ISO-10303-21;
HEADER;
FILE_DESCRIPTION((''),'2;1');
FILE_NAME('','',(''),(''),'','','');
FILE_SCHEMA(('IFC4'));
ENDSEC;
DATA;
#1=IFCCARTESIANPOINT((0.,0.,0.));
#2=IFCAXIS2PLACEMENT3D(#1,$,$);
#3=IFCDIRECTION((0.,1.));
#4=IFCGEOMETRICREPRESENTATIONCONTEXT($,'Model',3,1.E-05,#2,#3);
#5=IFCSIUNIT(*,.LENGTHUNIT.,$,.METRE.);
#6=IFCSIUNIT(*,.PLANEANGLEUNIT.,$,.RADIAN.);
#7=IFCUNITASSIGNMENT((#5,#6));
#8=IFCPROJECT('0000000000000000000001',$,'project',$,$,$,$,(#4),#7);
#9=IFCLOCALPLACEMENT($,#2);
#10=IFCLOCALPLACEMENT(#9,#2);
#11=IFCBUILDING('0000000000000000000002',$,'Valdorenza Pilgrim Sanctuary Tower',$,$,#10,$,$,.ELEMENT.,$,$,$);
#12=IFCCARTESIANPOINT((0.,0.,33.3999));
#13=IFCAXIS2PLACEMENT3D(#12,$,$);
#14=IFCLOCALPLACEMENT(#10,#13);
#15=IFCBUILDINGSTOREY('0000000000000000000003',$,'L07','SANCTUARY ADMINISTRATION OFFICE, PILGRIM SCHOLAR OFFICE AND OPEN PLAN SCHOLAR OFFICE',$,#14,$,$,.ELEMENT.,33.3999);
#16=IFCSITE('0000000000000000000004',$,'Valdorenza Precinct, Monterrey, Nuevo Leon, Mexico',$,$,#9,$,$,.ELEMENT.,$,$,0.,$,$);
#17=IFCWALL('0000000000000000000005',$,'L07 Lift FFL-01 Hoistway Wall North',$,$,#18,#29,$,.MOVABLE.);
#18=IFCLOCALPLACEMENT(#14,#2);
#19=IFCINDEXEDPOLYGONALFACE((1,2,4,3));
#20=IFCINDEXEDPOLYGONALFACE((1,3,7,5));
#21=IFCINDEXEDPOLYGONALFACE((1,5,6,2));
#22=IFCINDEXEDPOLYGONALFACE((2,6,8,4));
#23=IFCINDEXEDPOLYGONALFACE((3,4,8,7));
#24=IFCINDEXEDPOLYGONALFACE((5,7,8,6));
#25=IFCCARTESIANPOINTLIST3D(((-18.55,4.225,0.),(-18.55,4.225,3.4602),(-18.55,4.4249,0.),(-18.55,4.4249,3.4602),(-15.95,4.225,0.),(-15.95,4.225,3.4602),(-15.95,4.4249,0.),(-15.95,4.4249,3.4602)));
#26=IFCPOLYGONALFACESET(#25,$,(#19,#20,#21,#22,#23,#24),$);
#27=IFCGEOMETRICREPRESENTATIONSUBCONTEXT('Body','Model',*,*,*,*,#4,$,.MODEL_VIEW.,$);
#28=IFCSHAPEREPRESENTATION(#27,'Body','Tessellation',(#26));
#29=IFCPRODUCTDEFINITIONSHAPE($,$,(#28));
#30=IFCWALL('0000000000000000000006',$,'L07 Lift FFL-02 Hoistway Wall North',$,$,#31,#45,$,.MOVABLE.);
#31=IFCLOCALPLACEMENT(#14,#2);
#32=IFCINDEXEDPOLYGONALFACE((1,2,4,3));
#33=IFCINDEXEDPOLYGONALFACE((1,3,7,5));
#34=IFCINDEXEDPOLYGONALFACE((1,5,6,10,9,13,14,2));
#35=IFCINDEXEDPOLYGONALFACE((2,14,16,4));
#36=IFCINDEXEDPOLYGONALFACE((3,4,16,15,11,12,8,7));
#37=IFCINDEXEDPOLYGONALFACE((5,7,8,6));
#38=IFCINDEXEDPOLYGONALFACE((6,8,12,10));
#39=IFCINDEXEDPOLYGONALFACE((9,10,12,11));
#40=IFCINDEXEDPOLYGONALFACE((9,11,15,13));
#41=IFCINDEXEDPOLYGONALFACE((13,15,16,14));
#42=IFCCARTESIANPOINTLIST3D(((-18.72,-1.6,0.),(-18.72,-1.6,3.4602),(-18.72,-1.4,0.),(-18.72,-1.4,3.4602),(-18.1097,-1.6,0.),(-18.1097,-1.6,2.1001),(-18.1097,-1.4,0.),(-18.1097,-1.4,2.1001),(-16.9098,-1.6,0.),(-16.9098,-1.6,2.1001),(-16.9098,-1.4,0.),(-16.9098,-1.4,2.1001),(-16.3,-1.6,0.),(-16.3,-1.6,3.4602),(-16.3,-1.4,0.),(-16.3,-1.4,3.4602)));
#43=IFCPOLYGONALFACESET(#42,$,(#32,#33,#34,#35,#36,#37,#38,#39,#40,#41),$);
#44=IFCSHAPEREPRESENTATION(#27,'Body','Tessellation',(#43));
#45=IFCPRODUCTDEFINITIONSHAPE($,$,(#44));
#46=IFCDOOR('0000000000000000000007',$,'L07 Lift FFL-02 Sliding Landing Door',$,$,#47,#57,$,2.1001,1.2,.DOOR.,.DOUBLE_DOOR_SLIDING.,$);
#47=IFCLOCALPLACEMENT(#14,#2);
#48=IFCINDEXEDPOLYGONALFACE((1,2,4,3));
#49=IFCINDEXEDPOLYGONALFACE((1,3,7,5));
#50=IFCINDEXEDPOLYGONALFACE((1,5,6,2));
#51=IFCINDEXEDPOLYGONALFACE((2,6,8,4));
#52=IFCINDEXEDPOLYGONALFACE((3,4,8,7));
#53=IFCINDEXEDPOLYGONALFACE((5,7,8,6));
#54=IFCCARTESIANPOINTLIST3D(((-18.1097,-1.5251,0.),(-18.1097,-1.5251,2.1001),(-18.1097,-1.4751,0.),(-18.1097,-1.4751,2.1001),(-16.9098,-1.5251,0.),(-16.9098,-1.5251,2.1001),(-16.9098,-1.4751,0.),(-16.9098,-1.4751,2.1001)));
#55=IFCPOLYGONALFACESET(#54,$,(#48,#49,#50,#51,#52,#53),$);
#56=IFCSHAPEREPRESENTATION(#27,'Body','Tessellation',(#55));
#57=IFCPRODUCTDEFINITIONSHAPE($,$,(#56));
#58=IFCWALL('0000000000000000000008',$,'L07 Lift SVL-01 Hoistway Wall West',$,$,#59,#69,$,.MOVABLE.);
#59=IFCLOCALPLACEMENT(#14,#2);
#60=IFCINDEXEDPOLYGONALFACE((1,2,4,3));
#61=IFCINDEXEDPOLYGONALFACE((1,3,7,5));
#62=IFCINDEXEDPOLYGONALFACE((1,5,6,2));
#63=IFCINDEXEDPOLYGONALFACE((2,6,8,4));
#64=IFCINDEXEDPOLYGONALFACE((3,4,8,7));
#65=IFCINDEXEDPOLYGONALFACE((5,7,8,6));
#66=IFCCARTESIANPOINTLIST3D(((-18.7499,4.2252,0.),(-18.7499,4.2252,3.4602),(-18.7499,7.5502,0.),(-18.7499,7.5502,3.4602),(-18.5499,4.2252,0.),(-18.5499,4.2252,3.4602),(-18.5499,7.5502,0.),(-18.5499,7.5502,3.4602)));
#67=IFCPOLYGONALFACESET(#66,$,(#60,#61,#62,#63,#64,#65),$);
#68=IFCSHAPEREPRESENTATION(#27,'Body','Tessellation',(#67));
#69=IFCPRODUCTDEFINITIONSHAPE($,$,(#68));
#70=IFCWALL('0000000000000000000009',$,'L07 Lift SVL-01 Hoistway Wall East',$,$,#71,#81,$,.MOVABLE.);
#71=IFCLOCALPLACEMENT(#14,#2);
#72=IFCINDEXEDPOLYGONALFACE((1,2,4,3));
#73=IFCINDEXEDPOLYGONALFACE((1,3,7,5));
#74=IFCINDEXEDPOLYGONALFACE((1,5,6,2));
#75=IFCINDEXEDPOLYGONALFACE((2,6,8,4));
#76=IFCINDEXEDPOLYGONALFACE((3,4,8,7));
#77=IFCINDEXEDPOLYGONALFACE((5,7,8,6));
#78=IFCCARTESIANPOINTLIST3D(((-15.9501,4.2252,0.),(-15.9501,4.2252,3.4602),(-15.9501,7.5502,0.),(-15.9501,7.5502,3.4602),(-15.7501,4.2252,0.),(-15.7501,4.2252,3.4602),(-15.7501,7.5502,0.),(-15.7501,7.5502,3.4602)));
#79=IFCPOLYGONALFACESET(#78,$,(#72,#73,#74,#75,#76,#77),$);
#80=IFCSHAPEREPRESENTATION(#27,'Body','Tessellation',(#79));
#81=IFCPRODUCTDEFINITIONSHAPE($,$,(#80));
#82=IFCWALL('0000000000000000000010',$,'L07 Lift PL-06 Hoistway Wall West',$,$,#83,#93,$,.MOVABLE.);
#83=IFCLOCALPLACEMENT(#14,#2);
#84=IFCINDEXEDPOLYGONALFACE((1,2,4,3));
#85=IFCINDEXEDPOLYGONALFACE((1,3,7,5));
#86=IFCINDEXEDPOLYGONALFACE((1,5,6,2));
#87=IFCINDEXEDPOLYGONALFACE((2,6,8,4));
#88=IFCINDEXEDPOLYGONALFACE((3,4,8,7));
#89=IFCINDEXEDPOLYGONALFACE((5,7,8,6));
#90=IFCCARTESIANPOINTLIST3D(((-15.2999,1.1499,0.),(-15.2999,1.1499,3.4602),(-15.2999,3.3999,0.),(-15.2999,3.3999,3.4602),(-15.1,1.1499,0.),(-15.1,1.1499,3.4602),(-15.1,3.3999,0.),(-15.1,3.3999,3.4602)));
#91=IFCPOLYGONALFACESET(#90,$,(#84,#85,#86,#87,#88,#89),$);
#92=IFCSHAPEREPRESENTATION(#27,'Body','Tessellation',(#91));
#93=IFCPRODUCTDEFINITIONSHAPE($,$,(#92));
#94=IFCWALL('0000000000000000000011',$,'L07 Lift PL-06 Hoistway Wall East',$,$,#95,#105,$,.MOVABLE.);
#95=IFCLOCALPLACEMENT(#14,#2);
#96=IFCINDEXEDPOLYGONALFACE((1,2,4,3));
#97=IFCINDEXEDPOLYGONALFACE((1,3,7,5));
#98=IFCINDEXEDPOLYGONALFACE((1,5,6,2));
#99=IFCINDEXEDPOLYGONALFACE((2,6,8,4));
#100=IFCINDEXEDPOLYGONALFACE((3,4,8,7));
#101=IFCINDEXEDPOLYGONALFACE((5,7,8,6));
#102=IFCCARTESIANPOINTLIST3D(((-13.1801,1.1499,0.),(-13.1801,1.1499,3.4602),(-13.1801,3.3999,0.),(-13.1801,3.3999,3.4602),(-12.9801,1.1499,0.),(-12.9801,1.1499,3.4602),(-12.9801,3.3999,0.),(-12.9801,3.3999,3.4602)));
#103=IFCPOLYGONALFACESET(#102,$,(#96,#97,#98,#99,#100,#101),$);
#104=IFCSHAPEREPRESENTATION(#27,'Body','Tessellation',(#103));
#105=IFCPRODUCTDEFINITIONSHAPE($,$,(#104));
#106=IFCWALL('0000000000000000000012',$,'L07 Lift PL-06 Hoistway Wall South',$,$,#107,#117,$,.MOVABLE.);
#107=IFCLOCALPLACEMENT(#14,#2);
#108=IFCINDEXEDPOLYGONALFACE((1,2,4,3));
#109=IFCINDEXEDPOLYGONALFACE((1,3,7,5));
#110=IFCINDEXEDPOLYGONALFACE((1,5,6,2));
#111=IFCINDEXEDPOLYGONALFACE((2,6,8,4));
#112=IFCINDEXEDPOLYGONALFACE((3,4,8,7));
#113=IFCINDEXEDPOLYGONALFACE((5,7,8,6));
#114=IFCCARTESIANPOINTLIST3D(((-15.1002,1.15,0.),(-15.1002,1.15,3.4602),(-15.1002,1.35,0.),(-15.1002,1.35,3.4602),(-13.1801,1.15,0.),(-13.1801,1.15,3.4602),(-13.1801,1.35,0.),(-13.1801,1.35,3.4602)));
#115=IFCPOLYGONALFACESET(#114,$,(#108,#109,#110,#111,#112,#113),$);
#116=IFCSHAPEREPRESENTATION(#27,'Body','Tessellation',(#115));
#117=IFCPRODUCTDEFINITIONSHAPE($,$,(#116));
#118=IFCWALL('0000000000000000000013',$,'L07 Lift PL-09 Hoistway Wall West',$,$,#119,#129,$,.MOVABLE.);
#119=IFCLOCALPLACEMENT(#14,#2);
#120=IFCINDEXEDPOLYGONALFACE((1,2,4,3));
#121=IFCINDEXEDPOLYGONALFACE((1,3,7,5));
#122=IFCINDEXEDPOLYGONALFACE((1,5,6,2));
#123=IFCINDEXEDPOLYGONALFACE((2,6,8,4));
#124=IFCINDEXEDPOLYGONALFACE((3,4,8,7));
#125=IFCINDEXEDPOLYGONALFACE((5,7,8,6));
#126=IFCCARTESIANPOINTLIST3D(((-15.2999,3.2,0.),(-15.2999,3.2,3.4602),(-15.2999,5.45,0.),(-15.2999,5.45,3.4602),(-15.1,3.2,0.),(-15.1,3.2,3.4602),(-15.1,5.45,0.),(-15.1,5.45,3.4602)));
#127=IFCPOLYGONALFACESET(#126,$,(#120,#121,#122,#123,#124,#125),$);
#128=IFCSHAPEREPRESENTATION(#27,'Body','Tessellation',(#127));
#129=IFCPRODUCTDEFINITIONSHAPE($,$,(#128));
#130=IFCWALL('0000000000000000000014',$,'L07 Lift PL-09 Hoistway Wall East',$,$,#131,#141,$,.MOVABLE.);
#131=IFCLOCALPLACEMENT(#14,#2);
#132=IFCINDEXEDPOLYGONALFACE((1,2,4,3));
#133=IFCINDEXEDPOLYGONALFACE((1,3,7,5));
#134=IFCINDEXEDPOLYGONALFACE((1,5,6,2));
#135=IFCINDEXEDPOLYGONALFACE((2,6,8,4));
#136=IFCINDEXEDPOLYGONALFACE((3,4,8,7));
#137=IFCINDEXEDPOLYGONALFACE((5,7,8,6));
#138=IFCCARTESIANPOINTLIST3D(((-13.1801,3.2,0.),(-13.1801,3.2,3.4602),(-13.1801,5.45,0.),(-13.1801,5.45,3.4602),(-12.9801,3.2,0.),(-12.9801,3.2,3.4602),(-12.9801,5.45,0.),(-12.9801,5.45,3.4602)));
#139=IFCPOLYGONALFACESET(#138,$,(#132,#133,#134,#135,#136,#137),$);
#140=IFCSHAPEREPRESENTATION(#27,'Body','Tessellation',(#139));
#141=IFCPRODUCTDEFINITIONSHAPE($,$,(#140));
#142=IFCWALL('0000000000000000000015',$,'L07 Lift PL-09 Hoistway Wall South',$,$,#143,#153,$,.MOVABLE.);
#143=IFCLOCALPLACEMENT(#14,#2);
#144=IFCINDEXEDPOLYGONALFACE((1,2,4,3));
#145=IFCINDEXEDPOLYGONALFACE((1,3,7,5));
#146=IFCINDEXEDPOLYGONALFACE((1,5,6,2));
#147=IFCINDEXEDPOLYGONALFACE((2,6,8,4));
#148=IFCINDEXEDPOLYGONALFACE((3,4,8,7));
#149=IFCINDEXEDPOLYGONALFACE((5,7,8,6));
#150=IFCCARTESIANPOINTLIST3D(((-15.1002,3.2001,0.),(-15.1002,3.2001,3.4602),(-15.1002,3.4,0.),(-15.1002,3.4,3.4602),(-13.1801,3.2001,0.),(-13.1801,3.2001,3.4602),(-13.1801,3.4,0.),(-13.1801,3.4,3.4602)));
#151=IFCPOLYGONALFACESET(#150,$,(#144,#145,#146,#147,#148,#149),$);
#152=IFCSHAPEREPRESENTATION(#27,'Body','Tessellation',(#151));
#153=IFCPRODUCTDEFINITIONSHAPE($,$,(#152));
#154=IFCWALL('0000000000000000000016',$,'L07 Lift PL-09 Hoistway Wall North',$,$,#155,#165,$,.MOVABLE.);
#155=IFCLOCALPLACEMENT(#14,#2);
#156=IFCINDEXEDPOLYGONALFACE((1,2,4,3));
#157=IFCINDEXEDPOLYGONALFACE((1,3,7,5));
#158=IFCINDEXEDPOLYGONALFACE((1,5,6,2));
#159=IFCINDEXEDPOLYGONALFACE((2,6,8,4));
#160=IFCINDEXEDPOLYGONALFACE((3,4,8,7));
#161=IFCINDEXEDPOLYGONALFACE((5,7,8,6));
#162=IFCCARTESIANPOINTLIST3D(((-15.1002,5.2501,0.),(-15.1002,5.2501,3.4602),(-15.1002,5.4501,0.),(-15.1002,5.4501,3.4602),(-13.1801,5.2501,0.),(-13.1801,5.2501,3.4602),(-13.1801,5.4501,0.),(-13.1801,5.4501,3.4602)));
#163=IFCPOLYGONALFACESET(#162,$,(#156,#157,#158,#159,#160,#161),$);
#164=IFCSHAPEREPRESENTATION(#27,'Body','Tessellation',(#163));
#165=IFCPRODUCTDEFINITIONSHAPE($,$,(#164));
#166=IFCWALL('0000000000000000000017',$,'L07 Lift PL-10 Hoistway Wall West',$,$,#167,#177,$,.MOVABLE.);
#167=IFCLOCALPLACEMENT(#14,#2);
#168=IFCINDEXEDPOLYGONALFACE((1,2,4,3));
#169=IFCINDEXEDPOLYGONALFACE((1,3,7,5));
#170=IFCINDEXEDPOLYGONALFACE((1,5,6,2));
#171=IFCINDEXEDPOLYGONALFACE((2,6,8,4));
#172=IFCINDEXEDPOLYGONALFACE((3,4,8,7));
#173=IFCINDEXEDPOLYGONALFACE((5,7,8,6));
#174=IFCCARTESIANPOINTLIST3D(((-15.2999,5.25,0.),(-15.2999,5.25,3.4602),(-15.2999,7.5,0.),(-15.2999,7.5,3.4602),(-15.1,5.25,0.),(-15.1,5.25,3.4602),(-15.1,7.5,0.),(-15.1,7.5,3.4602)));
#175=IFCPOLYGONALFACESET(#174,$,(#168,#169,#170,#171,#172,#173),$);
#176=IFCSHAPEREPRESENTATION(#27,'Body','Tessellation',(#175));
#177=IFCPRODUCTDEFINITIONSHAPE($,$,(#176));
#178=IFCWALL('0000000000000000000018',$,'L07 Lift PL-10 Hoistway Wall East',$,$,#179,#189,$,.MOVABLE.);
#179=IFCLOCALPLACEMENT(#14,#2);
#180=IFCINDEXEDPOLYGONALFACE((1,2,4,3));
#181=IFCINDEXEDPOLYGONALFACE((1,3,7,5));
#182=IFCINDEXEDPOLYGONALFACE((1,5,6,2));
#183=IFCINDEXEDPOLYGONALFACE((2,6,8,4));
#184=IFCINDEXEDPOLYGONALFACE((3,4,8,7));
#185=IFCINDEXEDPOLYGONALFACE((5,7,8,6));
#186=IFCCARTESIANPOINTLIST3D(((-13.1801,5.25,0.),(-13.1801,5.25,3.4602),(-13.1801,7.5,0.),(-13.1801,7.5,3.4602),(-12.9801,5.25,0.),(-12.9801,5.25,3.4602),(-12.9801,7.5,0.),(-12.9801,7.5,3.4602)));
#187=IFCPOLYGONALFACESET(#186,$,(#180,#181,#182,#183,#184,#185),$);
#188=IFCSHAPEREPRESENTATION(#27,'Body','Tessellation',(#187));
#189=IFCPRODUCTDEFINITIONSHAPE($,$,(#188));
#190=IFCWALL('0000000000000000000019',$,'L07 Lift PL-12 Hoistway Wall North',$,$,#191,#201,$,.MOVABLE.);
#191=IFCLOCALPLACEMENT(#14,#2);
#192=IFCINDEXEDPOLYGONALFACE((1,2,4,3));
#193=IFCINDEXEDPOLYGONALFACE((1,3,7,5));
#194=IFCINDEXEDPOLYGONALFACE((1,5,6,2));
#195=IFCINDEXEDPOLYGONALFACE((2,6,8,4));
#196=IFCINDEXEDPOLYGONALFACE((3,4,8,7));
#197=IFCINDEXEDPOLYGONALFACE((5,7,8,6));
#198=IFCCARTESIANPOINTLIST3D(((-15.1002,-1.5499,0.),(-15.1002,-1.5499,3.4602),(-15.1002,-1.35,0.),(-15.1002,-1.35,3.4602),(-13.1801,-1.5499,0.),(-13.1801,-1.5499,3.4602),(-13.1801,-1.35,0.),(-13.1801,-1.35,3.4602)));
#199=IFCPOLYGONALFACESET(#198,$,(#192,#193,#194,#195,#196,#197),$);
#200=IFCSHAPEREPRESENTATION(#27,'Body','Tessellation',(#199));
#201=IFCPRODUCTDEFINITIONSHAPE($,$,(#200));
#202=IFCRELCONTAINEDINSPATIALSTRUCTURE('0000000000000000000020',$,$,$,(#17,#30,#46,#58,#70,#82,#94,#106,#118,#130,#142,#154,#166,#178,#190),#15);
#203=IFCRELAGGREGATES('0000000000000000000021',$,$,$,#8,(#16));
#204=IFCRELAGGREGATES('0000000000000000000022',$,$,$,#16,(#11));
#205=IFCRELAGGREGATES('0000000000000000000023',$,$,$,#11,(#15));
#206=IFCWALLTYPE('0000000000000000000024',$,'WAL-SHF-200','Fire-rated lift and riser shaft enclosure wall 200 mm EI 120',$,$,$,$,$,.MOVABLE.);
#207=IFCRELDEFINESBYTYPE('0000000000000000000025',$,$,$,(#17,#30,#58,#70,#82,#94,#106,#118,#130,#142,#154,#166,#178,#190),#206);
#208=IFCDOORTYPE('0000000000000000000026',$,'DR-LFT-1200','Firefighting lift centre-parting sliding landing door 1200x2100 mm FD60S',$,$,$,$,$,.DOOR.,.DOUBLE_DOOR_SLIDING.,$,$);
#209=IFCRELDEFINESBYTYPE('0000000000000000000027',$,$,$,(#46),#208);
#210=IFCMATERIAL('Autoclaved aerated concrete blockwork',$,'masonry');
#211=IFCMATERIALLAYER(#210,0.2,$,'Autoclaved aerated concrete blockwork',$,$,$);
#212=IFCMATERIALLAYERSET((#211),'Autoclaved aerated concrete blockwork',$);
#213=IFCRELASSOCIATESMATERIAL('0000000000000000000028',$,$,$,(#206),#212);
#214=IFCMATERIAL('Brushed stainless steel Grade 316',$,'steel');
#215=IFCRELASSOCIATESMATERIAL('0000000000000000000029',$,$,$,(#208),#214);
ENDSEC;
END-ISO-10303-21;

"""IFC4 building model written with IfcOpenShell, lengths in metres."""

from ifc_helpers import new_model, si_unit, direction, frame, frame_2d, origin, place, context, subcontext, project, spatial, rectangle, extrude, material, layer, layer_set, type_object, element, fill, save


model = new_model("IFC4")

# Units and contexts
model_context = context("Model", 3, precision=1e-05, world=origin(), true_north=direction((0.0, 1.0)))
body_context = subcontext(model_context, "Body", "Model", "MODEL_VIEW")
ifc_project = project(units=[si_unit("LENGTHUNIT", "METRE"), si_unit("PLANEANGLEUNIT", "RADIAN")], contexts=[model_context])

# Site, building, storey
site_placement = place(None, origin())
site = spatial("IfcSite", under=ifc_project, at=site_placement, Name="Valdorenza Precinct, Monterrey, Nuevo Leon, Mexico", CompositionType="ELEMENT", RefElevation=0.0)
building_placement = place(site_placement, origin())
building = spatial("IfcBuilding", under=site, at=building_placement, Name="Valdorenza Pilgrim Sanctuary Tower", CompositionType="ELEMENT")
storey_placement = place(building_placement, frame((0.0, 0.0, 33.3999)))
storey = spatial("IfcBuildingStorey", under=building, at=storey_placement, Name="L07", Description="SANCTUARY ADMINISTRATION OFFICE, PILGRIM SCHOLAR OFFICE AND OPEN PLAN SCHOLAR OFFICE", CompositionType="ELEMENT", Elevation=33.3999)

# Shared definitions
ifc_material_1 = material(Name="Autoclaved aerated concrete blockwork", Category="masonry")
ifc_layer_1 = layer(ifc_material_1, 0.2, Name="Autoclaved aerated concrete blockwork")
ifc_layer_set_1 = layer_set([ifc_layer_1], Name="Autoclaved aerated concrete blockwork")
wall_type_1 = type_object("IfcWallType", Name="WAL-SHF-200", Description="Fire-rated lift and riser shaft enclosure wall 200 mm EI 120", PredefinedType="MOVABLE", material=ifc_layer_set_1)

# Shared definitions
ifc_material_2 = material(Name="Brushed stainless steel Grade 316", Category="steel")
door_type_1 = type_object("IfcDoorType", Name="DR-LFT-1200", Description="Firefighting lift centre-parting sliding landing door 1200x2100 mm FD60S", OperationType="DOUBLE_DOOR_SLIDING", PredefinedType="DOOR", material=ifc_material_2)

# Wall
wall_1_placement = place(storey_placement, frame((-18.55, 4.325, 0.0), z_axis=(0.0, 0.0, 1.0), x_axis=(1.0, 0.0, 0.0)))
element("IfcWall", 1, at=wall_1_placement, inside=storey, type_object=wall_type_1, Name="L07 Lift FFL-01 Hoistway Wall North", PredefinedType="MOVABLE", context=body_context, shape_type="SweptSolid", body=[
    extrude(rectangle(XDim=2.6001, YDim=0.2, at=frame_2d((1.3, 0.0))), origin(), (0.0, 0.0, 1.0), 3.4602),
])

# Wall, opening, door
wall_2_placement = place(storey_placement, frame((-18.72, -1.5, 0.0), z_axis=(0.0, 0.0, 1.0), x_axis=(1.0, 0.0, 0.0)))
wall_2 = element("IfcWall", 2, at=wall_2_placement, inside=storey, type_object=wall_type_1, Name="L07 Lift FFL-02 Hoistway Wall North", PredefinedType="MOVABLE", context=body_context, shape_type="SweptSolid", body=[
    extrude(rectangle(XDim=2.4199, YDim=0.2, at=frame_2d((1.21, 0.0))), origin(), (0.0, 0.0, 1.0), 3.4602),
])
opening_1_placement = place(wall_2_placement, frame((0.6101, 0.0, 0.0)))
opening_1 = element("IfcOpeningElement", 3, at=opening_1_placement, cuts=wall_2, PredefinedType="OPENING", context=body_context, shape_type="SweptSolid", body=[
    extrude(rectangle(XDim=1.2, YDim=2.1001, at=frame_2d((0.6001, 1.05))), frame((0.0, 0.1147, 0.0), z_axis=(0.0, -1.0, 0.0), x_axis=(1.0, 0.0, 0.0)), (0.0, 0.0, 1.0), 0.2297),
])
door_1_placement = place(opening_1_placement, origin())
door_1 = element("IfcDoor", 4, at=door_1_placement, inside=storey, type_object=door_type_1, Name="L07 Lift FFL-02 Sliding Landing Door", OperationType="DOUBLE_DOOR_SLIDING", OverallHeight=2.1001, OverallWidth=1.2, PredefinedType="DOOR", context=body_context, shape_type="SweptSolid", body=[
    extrude(rectangle(XDim=1.2, YDim=2.1001, at=frame_2d((0.6001, 1.05))), frame((0.0, 0.0249, 0.0), z_axis=(0.0, -1.0, 0.0), x_axis=(1.0, 0.0, 0.0)), (0.0, 0.0, 1.0), 0.05),
])
fill(opening_1, door_1)

# Walls
for number, where, z_axis, x_axis, name in (
    (5, (-18.6499, 4.2251, 0.0), (0.0, 0.0, 1.0), (0.0, 1.0, 0.0), "L07 Lift SVL-01 Hoistway Wall West"),
    (6, (-15.8501, 4.2251, 0.0), (0.0, 0.0, 1.0), (0.0, 1.0, 0.0), "L07 Lift SVL-01 Hoistway Wall East"),
):
    element("IfcWall", number, at=place(storey_placement, frame(where, z_axis=z_axis, x_axis=x_axis)), inside=storey, type_object=wall_type_1, Name=name, PredefinedType="MOVABLE", context=body_context, shape_type="SweptSolid", body=[
        extrude(rectangle(XDim=3.325, YDim=0.2, at=frame_2d((1.6626, 0.0))), origin(), (0.0, 0.0, 1.0), 3.4602),
    ])
for number, where, z_axis, x_axis, name in (
    (7, (-15.2, 1.1499, 0.0), (0.0, 0.0, 1.0), (0.0, 1.0, 0.0), "L07 Lift PL-06 Hoistway Wall West"),
    (8, (-13.0801, 1.1499, 0.0), (0.0, 0.0, 1.0), (0.0, 1.0, 0.0), "L07 Lift PL-06 Hoistway Wall East"),
):
    element("IfcWall", number, at=place(storey_placement, frame(where, z_axis=z_axis, x_axis=x_axis)), inside=storey, type_object=wall_type_1, Name=name, PredefinedType="MOVABLE", context=body_context, shape_type="SweptSolid", body=[
        extrude(rectangle(XDim=2.25, YDim=0.2, at=frame_2d((1.125, 0.0))), origin(), (0.0, 0.0, 1.0), 3.4602),
    ])
wall_3_placement = place(storey_placement, frame((-15.1001, 1.25, 0.0), z_axis=(0.0, 0.0, 1.0), x_axis=(1.0, 0.0, 0.0)))
element("IfcWall", 9, at=wall_3_placement, inside=storey, type_object=wall_type_1, Name="L07 Lift PL-06 Hoistway Wall South", PredefinedType="MOVABLE", context=body_context, shape_type="SweptSolid", body=[
    extrude(rectangle(XDim=1.9202, YDim=0.2, at=frame_2d((0.96, 0.0))), origin(), (0.0, 0.0, 1.0), 3.4602),
])
for number, where, z_axis, x_axis, name in (
    (10, (-15.2, 3.2, 0.0), (0.0, 0.0, 1.0), (0.0, 1.0, 0.0), "L07 Lift PL-09 Hoistway Wall West"),
    (11, (-13.0801, 3.2, 0.0), (0.0, 0.0, 1.0), (0.0, 1.0, 0.0), "L07 Lift PL-09 Hoistway Wall East"),
):
    element("IfcWall", number, at=place(storey_placement, frame(where, z_axis=z_axis, x_axis=x_axis)), inside=storey, type_object=wall_type_1, Name=name, PredefinedType="MOVABLE", context=body_context, shape_type="SweptSolid", body=[
        extrude(rectangle(XDim=2.25, YDim=0.2, at=frame_2d((1.125, 0.0))), origin(), (0.0, 0.0, 1.0), 3.4602),
    ])
for number, where, z_axis, x_axis, name in (
    (12, (-15.1001, 3.3, 0.0), (0.0, 0.0, 1.0), (1.0, 0.0, 0.0), "L07 Lift PL-09 Hoistway Wall South"),
    (13, (-15.1001, 5.3501, 0.0), (0.0, 0.0, 1.0), (1.0, 0.0, 0.0), "L07 Lift PL-09 Hoistway Wall North"),
):
    element("IfcWall", number, at=place(storey_placement, frame(where, z_axis=z_axis, x_axis=x_axis)), inside=storey, type_object=wall_type_1, Name=name, PredefinedType="MOVABLE", context=body_context, shape_type="SweptSolid", body=[
        extrude(rectangle(XDim=1.9202, YDim=0.2, at=frame_2d((0.96, 0.0))), origin(), (0.0, 0.0, 1.0), 3.4602),
    ])
for number, where, z_axis, x_axis, name in (
    (14, (-15.2, 5.25, 0.0), (0.0, 0.0, 1.0), (0.0, 1.0, 0.0), "L07 Lift PL-10 Hoistway Wall West"),
    (15, (-13.0801, 5.25, 0.0), (0.0, 0.0, 1.0), (0.0, 1.0, 0.0), "L07 Lift PL-10 Hoistway Wall East"),
):
    element("IfcWall", number, at=place(storey_placement, frame(where, z_axis=z_axis, x_axis=x_axis)), inside=storey, type_object=wall_type_1, Name=name, PredefinedType="MOVABLE", context=body_context, shape_type="SweptSolid", body=[
        extrude(rectangle(XDim=2.25, YDim=0.2, at=frame_2d((1.125, 0.0))), origin(), (0.0, 0.0, 1.0), 3.4602),
    ])
wall_4_placement = place(storey_placement, frame((-15.1001, -1.45, 0.0), z_axis=(0.0, 0.0, 1.0), x_axis=(1.0, 0.0, 0.0)))
element("IfcWall", 16, at=wall_4_placement, inside=storey, type_object=wall_type_1, Name="L07 Lift PL-12 Hoistway Wall North", PredefinedType="MOVABLE", context=body_context, shape_type="SweptSolid", body=[
    extrude(rectangle(XDim=1.9202, YDim=0.2, at=frame_2d((0.96, 0.0))), origin(), (0.0, 0.0, 1.0), 3.4602),
])

save(model, "model.ifc")
